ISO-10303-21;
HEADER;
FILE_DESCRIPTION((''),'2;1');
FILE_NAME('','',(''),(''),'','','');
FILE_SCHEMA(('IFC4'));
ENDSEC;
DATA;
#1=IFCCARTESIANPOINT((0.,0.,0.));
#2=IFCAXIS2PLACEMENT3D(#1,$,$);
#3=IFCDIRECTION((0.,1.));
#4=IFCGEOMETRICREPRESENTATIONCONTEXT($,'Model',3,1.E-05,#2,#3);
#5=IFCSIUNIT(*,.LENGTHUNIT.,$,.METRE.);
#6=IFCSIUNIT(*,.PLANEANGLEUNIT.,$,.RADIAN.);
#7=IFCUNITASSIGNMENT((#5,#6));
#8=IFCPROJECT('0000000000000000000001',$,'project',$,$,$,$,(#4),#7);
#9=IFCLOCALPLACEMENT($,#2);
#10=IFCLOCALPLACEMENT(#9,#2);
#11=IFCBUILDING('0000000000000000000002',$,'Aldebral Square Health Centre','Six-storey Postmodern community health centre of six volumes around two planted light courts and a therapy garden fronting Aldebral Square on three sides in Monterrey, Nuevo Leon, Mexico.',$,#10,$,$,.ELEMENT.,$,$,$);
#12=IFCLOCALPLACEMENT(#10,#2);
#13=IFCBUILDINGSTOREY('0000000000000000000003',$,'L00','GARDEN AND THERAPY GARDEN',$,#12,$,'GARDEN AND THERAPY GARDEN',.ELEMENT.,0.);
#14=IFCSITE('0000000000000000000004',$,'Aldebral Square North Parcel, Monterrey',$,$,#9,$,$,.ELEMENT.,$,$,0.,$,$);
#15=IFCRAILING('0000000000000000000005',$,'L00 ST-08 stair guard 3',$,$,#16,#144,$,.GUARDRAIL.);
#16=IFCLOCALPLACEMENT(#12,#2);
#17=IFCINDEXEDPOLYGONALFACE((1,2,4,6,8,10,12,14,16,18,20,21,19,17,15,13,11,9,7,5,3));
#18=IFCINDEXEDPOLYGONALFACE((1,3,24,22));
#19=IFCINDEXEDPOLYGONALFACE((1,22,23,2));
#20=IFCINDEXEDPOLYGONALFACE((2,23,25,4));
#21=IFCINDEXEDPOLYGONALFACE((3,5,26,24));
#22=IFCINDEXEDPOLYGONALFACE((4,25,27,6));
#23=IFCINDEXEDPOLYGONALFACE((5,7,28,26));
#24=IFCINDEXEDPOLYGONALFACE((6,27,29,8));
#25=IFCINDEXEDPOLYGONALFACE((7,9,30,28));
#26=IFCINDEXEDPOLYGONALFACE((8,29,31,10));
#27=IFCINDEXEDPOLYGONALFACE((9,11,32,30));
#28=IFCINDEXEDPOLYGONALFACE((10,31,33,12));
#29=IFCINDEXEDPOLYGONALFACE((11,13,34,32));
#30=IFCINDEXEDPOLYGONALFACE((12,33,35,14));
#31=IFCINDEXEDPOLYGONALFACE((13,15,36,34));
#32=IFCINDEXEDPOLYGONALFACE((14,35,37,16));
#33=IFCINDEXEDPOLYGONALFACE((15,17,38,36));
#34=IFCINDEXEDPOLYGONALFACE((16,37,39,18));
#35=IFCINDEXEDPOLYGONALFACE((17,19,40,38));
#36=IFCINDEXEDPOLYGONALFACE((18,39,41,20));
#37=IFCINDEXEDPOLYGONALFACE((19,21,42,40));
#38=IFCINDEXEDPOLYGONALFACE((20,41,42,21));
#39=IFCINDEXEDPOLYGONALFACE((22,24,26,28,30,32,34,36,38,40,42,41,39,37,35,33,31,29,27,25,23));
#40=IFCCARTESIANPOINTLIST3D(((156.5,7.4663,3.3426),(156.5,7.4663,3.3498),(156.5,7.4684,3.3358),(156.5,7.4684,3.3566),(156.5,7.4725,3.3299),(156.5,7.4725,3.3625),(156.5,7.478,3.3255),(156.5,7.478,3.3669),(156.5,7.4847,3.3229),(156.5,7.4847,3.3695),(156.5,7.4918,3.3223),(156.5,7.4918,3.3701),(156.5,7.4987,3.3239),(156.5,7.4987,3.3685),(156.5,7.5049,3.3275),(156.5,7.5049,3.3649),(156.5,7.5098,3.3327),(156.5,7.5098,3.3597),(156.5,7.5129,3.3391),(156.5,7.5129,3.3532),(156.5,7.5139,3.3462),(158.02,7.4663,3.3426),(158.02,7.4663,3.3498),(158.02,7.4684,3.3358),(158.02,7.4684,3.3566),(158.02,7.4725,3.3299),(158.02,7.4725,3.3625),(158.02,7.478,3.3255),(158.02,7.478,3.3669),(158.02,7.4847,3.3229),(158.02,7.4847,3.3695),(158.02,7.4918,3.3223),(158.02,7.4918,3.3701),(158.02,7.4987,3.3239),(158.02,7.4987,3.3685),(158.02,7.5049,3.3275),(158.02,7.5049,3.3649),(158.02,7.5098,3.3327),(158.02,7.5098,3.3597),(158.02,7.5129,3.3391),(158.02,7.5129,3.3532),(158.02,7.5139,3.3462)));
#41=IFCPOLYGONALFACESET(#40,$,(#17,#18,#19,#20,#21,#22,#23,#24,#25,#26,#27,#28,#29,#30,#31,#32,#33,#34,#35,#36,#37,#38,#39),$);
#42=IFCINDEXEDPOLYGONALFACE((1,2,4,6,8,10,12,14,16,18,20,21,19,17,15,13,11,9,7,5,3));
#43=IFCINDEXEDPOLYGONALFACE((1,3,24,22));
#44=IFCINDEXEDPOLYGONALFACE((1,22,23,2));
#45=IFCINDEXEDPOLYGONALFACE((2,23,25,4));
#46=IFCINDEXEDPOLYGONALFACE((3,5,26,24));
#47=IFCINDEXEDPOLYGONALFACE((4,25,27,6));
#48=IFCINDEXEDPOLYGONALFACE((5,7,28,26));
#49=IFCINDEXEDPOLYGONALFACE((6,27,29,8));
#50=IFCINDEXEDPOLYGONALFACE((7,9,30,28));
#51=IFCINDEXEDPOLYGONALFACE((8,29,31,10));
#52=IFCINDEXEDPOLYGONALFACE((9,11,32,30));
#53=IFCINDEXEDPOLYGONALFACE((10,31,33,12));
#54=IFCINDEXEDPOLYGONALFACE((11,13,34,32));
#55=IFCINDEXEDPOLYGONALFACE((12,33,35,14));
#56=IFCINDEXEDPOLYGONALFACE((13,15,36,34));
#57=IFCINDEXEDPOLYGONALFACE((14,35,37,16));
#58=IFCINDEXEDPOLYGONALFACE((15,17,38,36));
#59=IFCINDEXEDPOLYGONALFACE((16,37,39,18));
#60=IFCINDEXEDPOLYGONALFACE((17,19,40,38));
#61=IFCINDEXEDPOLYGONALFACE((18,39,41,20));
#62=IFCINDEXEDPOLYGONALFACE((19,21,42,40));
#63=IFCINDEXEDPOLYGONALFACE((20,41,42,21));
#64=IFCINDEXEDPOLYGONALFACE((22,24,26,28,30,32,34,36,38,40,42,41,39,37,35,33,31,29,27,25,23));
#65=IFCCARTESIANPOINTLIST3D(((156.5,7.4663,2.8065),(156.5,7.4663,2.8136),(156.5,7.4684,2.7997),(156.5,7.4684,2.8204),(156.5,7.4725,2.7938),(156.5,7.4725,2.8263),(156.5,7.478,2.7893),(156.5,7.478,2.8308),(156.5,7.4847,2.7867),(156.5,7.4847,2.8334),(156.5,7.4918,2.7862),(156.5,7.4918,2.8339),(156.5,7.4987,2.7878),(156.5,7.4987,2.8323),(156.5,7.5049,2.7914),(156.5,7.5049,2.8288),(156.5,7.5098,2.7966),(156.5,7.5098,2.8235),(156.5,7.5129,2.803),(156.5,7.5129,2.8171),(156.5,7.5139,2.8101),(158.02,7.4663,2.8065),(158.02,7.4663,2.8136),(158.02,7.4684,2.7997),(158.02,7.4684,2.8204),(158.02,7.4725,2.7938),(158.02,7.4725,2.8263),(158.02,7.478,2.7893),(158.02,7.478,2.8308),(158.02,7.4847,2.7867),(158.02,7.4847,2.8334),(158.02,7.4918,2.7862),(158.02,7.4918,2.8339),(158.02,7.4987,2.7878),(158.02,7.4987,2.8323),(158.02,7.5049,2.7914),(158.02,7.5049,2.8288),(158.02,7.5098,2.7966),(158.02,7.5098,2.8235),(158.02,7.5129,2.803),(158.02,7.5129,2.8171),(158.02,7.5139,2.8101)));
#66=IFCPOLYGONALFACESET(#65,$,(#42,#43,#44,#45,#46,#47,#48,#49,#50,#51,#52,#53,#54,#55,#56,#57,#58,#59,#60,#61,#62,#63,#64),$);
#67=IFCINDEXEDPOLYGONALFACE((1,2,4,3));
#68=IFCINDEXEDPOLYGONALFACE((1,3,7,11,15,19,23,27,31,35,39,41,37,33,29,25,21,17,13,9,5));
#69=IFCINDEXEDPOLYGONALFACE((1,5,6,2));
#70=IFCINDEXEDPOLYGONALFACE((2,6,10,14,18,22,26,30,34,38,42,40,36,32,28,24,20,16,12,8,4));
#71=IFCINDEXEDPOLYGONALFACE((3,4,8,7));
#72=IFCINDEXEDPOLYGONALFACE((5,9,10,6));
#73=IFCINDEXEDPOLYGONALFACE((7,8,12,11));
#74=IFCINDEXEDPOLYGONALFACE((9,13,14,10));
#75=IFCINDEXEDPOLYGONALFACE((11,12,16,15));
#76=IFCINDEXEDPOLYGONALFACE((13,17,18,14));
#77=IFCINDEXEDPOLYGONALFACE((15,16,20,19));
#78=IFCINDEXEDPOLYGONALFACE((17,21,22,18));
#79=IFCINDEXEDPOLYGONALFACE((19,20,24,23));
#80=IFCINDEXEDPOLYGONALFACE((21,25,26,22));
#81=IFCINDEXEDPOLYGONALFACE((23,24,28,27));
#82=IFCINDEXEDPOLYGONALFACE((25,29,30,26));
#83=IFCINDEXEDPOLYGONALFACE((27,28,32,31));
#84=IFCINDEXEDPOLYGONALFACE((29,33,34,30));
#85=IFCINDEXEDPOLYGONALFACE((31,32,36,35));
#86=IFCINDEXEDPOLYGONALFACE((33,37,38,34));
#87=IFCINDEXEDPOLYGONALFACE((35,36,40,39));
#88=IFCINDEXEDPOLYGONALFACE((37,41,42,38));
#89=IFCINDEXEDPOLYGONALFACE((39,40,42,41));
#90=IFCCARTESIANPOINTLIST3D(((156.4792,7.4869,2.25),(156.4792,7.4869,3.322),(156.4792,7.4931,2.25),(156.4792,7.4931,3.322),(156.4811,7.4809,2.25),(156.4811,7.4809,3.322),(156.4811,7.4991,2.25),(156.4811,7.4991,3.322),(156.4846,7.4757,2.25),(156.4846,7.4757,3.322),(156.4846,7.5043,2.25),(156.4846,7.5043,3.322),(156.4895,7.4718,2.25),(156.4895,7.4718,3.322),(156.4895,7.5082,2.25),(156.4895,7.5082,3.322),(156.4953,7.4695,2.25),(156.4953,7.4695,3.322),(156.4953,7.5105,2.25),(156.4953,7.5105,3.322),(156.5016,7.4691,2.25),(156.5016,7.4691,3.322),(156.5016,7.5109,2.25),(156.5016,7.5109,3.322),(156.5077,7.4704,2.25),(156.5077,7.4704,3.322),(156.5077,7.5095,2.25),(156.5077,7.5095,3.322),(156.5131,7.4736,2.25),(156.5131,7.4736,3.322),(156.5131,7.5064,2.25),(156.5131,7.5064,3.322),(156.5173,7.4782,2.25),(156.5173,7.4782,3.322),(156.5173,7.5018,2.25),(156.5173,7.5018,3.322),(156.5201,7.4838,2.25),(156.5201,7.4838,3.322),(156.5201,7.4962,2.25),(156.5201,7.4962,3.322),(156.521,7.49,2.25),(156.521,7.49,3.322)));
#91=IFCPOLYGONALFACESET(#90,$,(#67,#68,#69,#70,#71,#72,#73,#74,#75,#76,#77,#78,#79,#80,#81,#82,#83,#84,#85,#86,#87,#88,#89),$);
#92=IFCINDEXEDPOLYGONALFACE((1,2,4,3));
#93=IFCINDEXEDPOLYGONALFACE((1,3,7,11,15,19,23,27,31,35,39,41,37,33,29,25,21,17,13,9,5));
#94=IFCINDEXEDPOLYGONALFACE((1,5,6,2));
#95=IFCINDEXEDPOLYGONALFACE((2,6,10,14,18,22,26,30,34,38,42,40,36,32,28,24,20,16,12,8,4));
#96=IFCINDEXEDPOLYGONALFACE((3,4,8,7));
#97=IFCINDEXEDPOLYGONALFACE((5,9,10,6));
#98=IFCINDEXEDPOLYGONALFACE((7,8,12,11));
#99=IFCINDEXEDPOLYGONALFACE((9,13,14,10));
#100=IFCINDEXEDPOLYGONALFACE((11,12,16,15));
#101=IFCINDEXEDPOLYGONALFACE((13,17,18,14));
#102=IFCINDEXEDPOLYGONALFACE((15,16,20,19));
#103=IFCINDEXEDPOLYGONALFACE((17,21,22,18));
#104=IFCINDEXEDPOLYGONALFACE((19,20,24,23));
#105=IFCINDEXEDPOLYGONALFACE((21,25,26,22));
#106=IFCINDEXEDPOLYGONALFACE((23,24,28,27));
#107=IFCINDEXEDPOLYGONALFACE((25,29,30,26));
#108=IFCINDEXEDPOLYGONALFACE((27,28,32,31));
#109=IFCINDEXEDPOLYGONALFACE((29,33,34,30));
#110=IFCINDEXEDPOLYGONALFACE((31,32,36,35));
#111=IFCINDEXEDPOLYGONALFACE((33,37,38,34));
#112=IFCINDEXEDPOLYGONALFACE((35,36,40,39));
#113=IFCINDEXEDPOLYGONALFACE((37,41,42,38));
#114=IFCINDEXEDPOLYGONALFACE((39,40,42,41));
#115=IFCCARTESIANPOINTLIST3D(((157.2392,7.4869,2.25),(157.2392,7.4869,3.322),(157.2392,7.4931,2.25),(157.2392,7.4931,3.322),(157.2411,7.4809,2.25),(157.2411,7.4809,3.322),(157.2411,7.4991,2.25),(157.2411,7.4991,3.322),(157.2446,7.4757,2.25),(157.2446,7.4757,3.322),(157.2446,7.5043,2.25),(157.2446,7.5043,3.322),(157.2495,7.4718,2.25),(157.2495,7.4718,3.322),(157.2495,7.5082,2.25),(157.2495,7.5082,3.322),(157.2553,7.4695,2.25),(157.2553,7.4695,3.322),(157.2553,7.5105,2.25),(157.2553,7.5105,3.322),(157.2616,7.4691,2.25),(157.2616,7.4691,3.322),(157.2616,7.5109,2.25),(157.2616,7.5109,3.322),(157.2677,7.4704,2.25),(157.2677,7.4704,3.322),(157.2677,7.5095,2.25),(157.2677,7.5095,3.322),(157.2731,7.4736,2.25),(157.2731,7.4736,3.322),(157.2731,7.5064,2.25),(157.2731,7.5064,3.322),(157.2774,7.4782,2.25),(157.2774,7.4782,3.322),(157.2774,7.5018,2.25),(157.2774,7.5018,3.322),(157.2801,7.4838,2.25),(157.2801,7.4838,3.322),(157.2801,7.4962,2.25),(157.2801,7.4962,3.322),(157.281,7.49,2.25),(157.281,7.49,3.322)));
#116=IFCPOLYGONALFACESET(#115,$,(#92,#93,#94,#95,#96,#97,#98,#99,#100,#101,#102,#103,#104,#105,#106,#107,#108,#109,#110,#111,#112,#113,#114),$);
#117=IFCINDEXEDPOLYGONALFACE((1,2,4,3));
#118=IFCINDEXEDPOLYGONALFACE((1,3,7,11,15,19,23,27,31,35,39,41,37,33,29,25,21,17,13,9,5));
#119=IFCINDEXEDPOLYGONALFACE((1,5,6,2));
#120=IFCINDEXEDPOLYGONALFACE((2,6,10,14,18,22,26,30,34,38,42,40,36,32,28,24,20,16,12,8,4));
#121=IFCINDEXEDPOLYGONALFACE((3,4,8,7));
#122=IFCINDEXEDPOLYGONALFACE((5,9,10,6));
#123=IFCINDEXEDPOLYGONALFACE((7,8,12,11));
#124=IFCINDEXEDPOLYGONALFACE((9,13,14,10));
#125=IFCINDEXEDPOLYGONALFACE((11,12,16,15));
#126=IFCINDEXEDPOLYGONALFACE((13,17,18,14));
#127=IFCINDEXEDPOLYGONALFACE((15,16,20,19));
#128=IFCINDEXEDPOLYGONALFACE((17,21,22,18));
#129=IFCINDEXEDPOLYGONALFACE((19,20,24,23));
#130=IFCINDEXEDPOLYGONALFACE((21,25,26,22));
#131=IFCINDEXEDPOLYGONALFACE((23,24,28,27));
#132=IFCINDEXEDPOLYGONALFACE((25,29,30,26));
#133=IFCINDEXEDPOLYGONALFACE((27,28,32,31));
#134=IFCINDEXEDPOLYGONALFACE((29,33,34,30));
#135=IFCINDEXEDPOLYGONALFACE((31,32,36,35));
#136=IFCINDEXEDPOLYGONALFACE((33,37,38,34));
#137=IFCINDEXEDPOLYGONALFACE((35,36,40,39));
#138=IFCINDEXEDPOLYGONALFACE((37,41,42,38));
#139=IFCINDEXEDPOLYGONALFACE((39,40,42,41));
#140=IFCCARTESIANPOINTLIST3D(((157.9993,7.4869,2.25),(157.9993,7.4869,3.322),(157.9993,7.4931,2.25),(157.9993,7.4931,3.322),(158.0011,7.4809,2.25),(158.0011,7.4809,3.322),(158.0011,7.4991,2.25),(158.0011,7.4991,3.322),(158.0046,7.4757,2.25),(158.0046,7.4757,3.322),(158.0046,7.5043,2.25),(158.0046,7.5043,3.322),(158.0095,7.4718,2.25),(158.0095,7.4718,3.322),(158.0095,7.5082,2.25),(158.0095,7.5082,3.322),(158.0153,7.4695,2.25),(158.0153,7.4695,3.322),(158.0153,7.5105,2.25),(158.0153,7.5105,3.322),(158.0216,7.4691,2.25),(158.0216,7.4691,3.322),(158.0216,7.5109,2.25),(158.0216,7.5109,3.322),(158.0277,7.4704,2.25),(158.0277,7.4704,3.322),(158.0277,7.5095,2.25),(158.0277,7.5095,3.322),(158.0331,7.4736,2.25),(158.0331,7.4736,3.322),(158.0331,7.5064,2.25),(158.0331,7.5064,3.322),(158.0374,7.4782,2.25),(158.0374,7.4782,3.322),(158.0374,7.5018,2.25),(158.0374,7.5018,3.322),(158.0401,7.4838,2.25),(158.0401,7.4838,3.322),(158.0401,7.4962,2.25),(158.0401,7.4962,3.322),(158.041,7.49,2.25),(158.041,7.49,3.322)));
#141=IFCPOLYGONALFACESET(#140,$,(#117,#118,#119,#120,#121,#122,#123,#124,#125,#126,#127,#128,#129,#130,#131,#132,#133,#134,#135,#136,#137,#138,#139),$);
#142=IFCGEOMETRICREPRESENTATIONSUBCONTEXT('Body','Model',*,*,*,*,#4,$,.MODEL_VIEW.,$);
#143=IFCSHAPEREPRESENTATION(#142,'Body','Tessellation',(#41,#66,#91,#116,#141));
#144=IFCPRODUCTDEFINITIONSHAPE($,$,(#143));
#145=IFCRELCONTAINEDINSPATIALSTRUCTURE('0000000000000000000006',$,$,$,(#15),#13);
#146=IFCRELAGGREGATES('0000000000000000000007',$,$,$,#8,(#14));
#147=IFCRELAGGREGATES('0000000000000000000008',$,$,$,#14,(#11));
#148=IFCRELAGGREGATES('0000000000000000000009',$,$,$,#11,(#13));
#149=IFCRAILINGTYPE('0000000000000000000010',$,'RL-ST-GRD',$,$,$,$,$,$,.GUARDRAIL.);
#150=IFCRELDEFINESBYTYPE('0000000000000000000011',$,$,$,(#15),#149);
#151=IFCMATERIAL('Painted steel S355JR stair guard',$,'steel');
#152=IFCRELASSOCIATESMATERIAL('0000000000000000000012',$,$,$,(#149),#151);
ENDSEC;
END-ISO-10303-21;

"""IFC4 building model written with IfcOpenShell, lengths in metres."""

from ifc_helpers import new_model, si_unit, direction, frame, origin, origin_2d, place, context, subcontext, project, spatial, circle, extrude, material, type_object, element, save


model = new_model("IFC4")

# Units and contexts
model_context = context("Model", 3, precision=1e-05, world=origin(), true_north=direction((0.0, 1.0)))
body_context = subcontext(model_context, "Body", "Model", "MODEL_VIEW")
ifc_project = project(units=[si_unit("LENGTHUNIT", "METRE"), si_unit("PLANEANGLEUNIT", "RADIAN")], contexts=[model_context])

# Site, building, storey
site_placement = place(None, origin())
site = spatial("IfcSite", under=ifc_project, at=site_placement, Name="Aldebral Square North Parcel, Monterrey", CompositionType="ELEMENT", RefElevation=0.0)
building_placement = place(site_placement, origin())
building = spatial("IfcBuilding", under=site, at=building_placement, Name="Aldebral Square Health Centre", Description="Six-storey Postmodern community health centre of six volumes around two planted light courts and a therapy garden fronting Aldebral Square on three sides in Monterrey, Nuevo Leon, Mexico.", CompositionType="ELEMENT")
storey_placement = place(building_placement, origin())
storey = spatial("IfcBuildingStorey", under=building, at=storey_placement, Name="L00", Description="GARDEN AND THERAPY GARDEN", LongName="GARDEN AND THERAPY GARDEN", CompositionType="ELEMENT", Elevation=0.0)

# Railing
ifc_material_1 = material(Name="Painted steel S355JR stair guard", Category="steel")
railing_type_1 = type_object("IfcRailingType", Name="RL-ST-GRD", PredefinedType="GUARDRAIL", material=ifc_material_1)
for number, where, name in (
    (1, (156.5, 7.49, 2.25), "L00 ST-08 stair guard 3"),
):
    element("IfcRailing", number, at=place(storey_placement, frame(where)), inside=storey, type_object=railing_type_1, Name=name, PredefinedType="GUARDRAIL", context=body_context, shape_type="SweptSolid", body=[
        extrude(circle(Radius=0.0239, at=origin_2d()), frame((0.0, 0.0, 1.0962), z_axis=(1.0, 0.0, 0.0), x_axis=(0.0, 1.0, 0.0)), (0.0, 0.0, 1.0), 1.52),
        extrude(circle(Radius=0.0239, at=origin_2d()), frame((0.0, 0.0, 0.5601), z_axis=(1.0, 0.0, 0.0), x_axis=(0.0, 1.0, 0.0)), (0.0, 0.0, 1.0), 1.52),
        extrude(circle(Radius=0.021, at=origin_2d()), origin(), (0.0, 0.0, 1.0), 1.072),
        extrude(circle(Radius=0.021, at=origin_2d()), frame((0.76, 0.0, 0.0)), (0.0, 0.0, 1.0), 1.072),
        extrude(circle(Radius=0.021, at=origin_2d()), frame((1.52, 0.0, 0.0)), (0.0, 0.0, 1.0), 1.072),
    ])

save(model, "model.ifc")
